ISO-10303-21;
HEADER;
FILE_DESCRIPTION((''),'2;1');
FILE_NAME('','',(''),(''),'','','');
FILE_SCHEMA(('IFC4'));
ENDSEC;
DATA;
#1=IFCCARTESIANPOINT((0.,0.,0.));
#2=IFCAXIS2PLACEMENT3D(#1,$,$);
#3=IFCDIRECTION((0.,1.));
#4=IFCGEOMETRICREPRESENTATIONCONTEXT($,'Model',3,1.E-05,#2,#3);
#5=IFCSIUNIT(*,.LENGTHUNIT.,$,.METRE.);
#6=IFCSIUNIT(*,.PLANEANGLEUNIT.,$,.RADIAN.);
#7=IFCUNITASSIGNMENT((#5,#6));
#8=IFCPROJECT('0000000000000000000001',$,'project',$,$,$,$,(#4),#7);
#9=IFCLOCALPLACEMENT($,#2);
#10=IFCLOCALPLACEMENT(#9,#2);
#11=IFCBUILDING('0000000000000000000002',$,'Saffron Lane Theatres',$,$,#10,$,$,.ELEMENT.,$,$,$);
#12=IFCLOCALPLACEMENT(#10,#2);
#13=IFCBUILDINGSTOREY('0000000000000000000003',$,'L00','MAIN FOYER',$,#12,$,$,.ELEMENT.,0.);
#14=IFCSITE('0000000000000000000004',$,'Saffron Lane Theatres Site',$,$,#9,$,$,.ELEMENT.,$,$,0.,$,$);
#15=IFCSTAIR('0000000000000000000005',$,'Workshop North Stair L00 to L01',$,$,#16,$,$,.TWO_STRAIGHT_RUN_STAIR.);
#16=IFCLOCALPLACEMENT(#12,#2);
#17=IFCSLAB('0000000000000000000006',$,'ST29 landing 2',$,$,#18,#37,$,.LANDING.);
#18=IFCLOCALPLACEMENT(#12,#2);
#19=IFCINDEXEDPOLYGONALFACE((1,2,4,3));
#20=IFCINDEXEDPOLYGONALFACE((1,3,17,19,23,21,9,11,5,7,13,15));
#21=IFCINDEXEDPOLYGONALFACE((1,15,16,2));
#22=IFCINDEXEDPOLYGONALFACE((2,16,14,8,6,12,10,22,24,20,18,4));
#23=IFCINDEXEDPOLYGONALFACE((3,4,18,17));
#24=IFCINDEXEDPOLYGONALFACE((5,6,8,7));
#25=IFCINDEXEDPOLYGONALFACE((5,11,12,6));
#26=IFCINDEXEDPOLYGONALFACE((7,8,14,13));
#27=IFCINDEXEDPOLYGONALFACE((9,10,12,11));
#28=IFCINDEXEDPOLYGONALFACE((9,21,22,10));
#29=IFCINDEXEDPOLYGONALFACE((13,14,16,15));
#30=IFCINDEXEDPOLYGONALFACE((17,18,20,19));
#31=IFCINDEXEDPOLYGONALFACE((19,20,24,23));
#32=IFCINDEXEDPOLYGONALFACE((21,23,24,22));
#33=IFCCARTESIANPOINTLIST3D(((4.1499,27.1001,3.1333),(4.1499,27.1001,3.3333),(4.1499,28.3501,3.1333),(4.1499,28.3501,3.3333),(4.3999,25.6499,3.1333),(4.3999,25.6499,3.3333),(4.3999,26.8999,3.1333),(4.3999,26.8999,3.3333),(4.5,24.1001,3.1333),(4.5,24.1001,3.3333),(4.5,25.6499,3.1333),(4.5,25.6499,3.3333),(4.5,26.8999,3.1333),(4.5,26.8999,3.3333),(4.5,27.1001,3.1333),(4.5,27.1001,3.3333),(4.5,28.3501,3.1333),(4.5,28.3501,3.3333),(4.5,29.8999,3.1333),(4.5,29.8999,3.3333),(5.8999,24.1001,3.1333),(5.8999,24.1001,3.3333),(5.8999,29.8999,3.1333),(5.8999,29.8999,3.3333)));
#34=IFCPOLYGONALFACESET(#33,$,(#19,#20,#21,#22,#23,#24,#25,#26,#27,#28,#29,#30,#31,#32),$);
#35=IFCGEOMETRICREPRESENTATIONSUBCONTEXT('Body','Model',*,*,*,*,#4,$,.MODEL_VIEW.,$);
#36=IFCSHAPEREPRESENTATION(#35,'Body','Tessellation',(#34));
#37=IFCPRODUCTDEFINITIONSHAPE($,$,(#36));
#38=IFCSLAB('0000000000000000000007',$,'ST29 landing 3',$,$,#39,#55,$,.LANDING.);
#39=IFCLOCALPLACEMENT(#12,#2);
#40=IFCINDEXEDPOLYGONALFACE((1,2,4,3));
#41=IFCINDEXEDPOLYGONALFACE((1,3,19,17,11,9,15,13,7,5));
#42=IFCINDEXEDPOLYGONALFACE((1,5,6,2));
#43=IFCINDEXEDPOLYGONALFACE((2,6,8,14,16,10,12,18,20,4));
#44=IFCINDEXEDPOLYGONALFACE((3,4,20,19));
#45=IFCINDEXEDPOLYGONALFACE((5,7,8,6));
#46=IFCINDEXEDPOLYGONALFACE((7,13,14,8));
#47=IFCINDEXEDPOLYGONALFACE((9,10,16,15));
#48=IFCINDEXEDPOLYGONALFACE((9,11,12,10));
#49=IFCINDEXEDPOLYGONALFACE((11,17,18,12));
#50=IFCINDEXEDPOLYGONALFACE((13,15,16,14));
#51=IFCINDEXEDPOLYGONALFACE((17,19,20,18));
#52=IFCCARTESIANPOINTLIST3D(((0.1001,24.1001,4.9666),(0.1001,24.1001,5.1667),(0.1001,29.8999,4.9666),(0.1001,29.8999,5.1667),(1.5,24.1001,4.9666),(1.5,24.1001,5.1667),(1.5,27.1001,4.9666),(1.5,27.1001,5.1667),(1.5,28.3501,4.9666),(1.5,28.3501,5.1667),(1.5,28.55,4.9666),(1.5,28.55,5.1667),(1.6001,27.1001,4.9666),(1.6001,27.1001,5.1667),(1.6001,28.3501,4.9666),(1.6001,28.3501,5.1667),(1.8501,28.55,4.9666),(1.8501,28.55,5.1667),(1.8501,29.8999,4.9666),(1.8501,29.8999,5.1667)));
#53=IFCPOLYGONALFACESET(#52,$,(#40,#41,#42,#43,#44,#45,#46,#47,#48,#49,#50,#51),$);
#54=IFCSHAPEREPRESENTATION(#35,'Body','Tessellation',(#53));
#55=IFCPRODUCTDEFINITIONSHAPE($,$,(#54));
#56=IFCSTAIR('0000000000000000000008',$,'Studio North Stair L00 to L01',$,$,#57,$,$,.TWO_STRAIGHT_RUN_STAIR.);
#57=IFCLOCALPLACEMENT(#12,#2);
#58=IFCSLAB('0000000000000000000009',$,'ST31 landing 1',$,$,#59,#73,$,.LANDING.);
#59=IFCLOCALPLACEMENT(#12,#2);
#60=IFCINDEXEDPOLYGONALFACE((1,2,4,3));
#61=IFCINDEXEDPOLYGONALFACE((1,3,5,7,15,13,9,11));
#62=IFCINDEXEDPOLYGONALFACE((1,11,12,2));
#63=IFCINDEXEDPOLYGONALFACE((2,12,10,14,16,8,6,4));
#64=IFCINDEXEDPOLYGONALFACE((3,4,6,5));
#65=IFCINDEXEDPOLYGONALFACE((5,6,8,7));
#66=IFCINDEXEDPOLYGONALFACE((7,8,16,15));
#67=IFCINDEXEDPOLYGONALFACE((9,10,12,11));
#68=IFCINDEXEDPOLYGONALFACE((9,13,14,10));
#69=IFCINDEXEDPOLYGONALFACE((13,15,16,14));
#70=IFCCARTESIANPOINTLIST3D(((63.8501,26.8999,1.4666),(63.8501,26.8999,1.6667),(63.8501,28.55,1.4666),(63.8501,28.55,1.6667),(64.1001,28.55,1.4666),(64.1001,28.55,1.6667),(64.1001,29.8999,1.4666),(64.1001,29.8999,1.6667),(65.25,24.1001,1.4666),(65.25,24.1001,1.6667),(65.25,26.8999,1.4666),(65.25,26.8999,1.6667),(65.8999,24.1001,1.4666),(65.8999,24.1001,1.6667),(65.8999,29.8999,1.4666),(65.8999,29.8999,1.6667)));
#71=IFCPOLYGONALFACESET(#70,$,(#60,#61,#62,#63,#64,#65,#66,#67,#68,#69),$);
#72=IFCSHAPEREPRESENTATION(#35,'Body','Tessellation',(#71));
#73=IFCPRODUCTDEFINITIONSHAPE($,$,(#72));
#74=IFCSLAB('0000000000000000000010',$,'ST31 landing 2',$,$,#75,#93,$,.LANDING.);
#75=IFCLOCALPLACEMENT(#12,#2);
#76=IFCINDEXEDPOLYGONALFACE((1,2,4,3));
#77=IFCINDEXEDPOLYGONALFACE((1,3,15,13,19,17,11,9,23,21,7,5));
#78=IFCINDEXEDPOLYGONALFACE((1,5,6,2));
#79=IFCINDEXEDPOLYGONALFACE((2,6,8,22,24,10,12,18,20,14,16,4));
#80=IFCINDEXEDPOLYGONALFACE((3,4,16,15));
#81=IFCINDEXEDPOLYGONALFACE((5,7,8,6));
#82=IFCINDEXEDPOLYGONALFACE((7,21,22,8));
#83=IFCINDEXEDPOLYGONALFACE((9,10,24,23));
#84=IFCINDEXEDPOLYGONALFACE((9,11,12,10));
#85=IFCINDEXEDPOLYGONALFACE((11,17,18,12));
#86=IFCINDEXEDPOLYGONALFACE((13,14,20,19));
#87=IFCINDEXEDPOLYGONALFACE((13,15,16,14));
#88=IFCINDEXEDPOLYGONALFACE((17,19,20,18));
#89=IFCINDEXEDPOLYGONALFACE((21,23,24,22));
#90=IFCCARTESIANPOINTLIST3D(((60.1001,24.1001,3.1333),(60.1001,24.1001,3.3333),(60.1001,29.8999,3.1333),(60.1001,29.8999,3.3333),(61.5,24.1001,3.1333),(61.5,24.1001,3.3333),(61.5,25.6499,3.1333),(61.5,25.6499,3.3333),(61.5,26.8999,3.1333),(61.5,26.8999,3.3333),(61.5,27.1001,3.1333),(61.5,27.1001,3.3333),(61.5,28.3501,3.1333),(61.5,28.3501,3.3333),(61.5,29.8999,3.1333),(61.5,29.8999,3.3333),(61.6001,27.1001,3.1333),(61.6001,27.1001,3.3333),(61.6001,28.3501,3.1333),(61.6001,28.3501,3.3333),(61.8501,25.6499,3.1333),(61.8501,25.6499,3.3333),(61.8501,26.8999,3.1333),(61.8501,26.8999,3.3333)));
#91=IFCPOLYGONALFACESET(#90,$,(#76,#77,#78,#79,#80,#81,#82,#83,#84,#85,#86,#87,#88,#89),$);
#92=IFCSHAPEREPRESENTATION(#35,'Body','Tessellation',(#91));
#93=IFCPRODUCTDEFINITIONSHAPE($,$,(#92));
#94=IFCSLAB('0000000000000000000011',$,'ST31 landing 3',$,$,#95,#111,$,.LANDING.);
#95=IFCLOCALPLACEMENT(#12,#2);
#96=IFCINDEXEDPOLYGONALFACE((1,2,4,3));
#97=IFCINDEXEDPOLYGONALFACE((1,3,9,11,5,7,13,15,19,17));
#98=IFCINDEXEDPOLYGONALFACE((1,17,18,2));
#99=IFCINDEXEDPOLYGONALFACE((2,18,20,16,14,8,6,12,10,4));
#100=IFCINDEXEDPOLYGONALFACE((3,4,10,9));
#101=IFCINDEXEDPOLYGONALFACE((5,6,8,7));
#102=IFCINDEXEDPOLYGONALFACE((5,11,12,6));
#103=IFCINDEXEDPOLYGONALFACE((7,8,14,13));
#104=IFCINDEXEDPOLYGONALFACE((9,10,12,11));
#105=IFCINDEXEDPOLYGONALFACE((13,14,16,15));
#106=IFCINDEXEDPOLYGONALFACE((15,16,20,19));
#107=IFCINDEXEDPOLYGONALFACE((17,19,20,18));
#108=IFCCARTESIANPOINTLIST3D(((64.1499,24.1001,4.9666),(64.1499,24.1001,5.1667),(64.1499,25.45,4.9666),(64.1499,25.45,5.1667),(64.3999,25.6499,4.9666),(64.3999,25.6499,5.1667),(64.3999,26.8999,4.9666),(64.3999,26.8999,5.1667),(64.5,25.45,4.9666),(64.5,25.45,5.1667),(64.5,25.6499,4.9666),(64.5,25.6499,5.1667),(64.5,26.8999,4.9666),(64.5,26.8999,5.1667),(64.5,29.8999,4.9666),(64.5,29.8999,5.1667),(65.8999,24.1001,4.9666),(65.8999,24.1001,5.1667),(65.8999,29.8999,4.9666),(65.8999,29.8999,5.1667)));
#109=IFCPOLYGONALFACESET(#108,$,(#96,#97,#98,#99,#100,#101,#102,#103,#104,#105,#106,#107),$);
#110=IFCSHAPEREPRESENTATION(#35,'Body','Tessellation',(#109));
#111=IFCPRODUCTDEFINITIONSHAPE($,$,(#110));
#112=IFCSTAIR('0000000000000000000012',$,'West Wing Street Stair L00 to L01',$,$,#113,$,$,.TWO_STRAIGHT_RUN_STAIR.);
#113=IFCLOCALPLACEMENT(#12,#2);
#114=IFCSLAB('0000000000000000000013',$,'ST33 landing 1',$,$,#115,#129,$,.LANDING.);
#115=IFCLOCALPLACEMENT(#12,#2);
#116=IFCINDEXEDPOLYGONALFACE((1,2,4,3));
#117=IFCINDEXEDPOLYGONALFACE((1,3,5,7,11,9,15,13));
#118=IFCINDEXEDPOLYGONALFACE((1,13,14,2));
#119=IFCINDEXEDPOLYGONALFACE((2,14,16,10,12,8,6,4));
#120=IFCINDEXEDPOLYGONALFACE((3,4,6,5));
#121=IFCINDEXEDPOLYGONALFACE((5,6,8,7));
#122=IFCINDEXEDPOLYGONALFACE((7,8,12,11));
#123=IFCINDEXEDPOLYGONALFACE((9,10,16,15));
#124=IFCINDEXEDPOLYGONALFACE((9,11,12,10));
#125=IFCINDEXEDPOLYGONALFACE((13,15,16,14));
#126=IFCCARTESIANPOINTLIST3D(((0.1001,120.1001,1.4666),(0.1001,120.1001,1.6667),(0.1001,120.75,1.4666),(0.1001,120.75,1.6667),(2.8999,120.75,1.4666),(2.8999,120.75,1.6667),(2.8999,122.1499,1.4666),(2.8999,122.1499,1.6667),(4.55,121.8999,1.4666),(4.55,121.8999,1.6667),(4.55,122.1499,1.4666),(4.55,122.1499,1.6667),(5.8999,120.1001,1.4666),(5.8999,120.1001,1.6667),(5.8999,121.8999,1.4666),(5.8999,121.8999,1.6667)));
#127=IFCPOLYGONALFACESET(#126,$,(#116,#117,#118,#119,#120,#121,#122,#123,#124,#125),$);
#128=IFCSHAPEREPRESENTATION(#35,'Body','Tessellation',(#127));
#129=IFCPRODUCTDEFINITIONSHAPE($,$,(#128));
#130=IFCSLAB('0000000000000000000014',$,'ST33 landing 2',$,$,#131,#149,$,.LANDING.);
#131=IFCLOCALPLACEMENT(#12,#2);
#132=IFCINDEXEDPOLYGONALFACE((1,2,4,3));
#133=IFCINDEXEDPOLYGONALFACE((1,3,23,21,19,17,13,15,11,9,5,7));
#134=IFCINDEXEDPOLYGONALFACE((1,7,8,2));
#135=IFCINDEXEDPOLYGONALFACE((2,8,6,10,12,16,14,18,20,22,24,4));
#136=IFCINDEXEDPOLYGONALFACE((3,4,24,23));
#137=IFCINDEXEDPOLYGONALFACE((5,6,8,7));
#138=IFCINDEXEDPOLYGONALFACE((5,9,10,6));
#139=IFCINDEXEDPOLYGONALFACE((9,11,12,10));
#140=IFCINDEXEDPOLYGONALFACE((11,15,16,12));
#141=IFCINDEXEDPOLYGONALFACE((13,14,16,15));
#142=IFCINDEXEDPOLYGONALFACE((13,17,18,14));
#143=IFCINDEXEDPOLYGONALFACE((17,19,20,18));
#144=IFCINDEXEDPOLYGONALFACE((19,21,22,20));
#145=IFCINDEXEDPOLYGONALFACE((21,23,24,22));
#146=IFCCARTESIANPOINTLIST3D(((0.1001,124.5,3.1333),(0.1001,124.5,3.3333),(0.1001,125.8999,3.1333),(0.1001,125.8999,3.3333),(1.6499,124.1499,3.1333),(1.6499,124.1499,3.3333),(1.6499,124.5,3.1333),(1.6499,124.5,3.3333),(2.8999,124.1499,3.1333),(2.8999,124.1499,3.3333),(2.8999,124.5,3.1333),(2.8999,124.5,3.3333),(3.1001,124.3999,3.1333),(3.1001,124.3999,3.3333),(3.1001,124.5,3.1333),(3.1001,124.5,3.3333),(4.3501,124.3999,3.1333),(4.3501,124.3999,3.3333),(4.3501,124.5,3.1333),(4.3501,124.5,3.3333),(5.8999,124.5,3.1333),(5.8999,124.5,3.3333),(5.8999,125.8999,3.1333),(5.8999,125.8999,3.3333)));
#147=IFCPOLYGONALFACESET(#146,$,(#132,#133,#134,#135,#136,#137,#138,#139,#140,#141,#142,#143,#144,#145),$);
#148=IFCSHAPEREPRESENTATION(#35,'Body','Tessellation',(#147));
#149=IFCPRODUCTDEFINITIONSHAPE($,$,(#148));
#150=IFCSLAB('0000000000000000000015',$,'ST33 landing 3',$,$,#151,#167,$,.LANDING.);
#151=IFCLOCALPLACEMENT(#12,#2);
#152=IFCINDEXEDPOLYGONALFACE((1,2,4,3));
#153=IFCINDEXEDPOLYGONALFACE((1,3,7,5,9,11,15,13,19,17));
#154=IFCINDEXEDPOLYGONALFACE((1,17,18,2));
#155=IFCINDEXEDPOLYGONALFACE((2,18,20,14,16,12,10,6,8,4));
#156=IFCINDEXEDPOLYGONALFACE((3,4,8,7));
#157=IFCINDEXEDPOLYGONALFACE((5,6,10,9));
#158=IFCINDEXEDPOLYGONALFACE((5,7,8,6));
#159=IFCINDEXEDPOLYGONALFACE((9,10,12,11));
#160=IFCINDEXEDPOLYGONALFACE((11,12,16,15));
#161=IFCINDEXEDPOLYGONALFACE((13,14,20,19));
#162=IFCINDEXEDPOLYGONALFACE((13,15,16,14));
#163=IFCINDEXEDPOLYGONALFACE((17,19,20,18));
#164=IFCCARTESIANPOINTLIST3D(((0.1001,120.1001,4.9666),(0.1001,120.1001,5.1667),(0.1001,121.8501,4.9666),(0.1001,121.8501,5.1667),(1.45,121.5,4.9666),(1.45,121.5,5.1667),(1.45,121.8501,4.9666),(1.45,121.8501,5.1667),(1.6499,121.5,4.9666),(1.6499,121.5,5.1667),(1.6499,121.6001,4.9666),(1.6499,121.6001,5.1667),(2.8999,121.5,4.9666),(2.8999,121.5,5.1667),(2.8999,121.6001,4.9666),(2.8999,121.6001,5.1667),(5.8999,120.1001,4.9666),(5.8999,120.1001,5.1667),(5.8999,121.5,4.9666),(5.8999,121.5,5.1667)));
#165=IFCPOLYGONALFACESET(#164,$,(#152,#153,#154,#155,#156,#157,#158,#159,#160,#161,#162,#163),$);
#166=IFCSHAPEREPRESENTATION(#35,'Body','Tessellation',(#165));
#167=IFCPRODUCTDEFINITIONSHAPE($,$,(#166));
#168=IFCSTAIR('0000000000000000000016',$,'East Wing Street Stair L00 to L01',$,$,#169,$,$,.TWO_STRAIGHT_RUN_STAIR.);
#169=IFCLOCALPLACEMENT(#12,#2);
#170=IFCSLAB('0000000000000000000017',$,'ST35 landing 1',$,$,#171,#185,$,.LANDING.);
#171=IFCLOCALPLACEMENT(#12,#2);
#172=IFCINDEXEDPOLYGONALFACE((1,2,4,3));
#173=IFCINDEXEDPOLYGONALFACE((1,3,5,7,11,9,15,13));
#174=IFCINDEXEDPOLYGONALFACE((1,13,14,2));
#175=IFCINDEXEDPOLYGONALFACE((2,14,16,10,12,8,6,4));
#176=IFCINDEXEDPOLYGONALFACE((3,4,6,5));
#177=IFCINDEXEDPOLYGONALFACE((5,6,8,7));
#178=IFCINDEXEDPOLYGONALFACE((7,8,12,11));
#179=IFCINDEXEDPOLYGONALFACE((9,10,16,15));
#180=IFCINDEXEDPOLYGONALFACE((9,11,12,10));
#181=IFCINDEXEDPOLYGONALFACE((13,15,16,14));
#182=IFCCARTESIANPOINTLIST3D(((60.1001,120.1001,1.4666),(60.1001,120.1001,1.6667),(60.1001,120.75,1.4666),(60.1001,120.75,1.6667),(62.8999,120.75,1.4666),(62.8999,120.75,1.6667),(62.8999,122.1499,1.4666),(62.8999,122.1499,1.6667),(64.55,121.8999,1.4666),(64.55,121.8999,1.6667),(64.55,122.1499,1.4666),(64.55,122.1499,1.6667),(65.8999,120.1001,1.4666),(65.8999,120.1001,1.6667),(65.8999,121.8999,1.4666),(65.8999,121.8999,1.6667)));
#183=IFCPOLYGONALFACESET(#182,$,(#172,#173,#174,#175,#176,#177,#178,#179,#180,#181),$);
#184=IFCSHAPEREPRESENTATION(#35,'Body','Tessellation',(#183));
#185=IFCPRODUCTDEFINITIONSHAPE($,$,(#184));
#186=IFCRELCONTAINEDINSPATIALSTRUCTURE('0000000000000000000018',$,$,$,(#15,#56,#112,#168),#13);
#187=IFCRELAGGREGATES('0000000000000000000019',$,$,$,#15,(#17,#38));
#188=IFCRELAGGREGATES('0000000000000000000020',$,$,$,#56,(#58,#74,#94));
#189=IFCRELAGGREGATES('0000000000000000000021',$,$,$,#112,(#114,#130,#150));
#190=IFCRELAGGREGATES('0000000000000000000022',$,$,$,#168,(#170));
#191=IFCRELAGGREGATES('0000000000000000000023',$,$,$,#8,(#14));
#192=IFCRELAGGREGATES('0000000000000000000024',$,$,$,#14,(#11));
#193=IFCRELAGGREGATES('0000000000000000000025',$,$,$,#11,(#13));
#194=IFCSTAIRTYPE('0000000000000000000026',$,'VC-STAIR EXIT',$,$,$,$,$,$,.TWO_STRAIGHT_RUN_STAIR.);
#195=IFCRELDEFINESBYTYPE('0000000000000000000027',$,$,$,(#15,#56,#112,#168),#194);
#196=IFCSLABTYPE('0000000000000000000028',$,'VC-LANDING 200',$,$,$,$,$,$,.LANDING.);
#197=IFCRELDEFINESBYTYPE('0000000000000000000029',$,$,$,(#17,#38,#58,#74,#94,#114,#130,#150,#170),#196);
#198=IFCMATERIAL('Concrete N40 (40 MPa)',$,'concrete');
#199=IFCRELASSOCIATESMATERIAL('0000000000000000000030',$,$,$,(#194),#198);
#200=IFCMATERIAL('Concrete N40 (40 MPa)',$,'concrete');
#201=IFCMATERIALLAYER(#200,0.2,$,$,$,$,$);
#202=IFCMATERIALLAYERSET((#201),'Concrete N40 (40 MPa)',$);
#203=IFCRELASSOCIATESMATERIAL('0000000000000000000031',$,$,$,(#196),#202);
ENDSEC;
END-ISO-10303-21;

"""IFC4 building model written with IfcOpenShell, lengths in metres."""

from ifc_helpers import new_model, si_unit, direction, frame, origin, place, context, subcontext, project, spatial, polyline, outline, extrude, material, layer, layer_set, type_object, element, aggregate, save


model = new_model("IFC4")

# Units and contexts
model_context = context("Model", 3, precision=1e-05, world=origin(), true_north=direction((0.0, 1.0)))
body_context = subcontext(model_context, "Body", "Model", "MODEL_VIEW")
ifc_project = project(units=[si_unit("LENGTHUNIT", "METRE"), si_unit("PLANEANGLEUNIT", "RADIAN")], contexts=[model_context])

# Site, building, storey
site_placement = place(None, origin())
site = spatial("IfcSite", under=ifc_project, at=site_placement, Name="Saffron Lane Theatres Site", CompositionType="ELEMENT", RefElevation=0.0)
building_placement = place(site_placement, origin())
building = spatial("IfcBuilding", under=site, at=building_placement, Name="Saffron Lane Theatres", CompositionType="ELEMENT")
storey_placement = place(building_placement, origin())
storey = spatial("IfcBuildingStorey", under=building, at=storey_placement, Name="L00", Description="MAIN FOYER", CompositionType="ELEMENT", Elevation=0.0)

# Stairs, slabs
ifc_material_1 = material(Name="Concrete N40 (40 MPa)", Category="concrete")
stair_type_1 = type_object("IfcStairType", Name="VC-STAIR EXIT", PredefinedType="TWO_STRAIGHT_RUN_STAIR", material=ifc_material_1)
ifc_material_2 = material(Name="Concrete N40 (40 MPa)", Category="concrete")
ifc_layer_1 = layer(ifc_material_2, 0.2)
ifc_layer_set_1 = layer_set([ifc_layer_1], Name="Concrete N40 (40 MPa)")
slab_type = type_object("IfcSlabType", Name="VC-LANDING 200", PredefinedType="LANDING", material=ifc_layer_set_1)
stair_1_placement = place(storey_placement, origin())
stair_1 = element("IfcStair", 1, at=stair_1_placement, inside=storey, type_object=stair_type_1, Name="Workshop North Stair L00 to L01", PredefinedType="TWO_STRAIGHT_RUN_STAIR")
slab_1_placement = place(storey_placement, frame((0.0, 0.0, 3.1333)))
slab_1 = element("IfcSlab", 2, at=slab_1_placement, type_object=slab_type, Name="ST29 landing 2", PredefinedType="LANDING", context=body_context, shape_type="SweptSolid", body=[
    extrude(outline(polyline([(4.5, 29.8999), (5.8999, 29.8999), (5.8999, 24.1001), (4.5, 24.1001), (4.5, 25.6499), (4.3999, 25.6499), (4.3999, 26.8999), (4.5, 26.8999), (4.5, 27.1001), (4.1499, 27.1001), (4.1499, 28.3501), (4.5, 28.3501), (4.5, 29.8999)])), origin(), (0.0, 0.0, 1.0), 0.2),
])
slab_2_placement = place(storey_placement, frame((0.0, 0.0, 4.9666)))
slab_2 = element("IfcSlab", 3, at=slab_2_placement, type_object=slab_type, Name="ST29 landing 3", PredefinedType="LANDING", context=body_context, shape_type="SweptSolid", body=[
    extrude(outline(polyline([(1.5, 28.55), (1.5, 28.3501), (1.6001, 28.3501), (1.6001, 27.1001), (1.5, 27.1001), (1.5, 24.1001), (0.1001, 24.1001), (0.1001, 29.8999), (1.8501, 29.8999), (1.8501, 28.55), (1.5, 28.55)])), origin(), (0.0, 0.0, 1.0), 0.2002),
])
aggregate(stair_1, [slab_1, slab_2])
stair_2_placement = place(storey_placement, origin())
stair_2 = element("IfcStair", 4, at=stair_2_placement, inside=storey, type_object=stair_type_1, Name="Studio North Stair L00 to L01", PredefinedType="TWO_STRAIGHT_RUN_STAIR")
slab_3_placement = place(storey_placement, frame((0.0, 0.0, 1.4666)))
slab_3 = element("IfcSlab", 5, at=slab_3_placement, type_object=slab_type, Name="ST31 landing 1", PredefinedType="LANDING", context=body_context, shape_type="SweptSolid", body=[
    extrude(outline(polyline([(63.8501, 26.8999), (63.8501, 28.55), (64.1001, 28.55), (64.1001, 29.8999), (65.8999, 29.8999), (65.8999, 24.1001), (65.25, 24.1001), (65.25, 26.8999), (63.8501, 26.8999)])), origin(), (0.0, 0.0, 1.0), 0.2002),
])
slab_4_placement = place(storey_placement, frame((0.0, 0.0, 3.1333)))
slab_4 = element("IfcSlab", 6, at=slab_4_placement, type_object=slab_type, Name="ST31 landing 2", PredefinedType="LANDING", context=body_context, shape_type="SweptSolid", body=[
    extrude(outline(polyline([(61.5, 24.1001), (60.1001, 24.1001), (60.1001, 29.8999), (61.5, 29.8999), (61.5, 28.3501), (61.6001, 28.3501), (61.6001, 27.1001), (61.5, 27.1001), (61.5, 26.8999), (61.8501, 26.8999), (61.8501, 25.6499), (61.5, 25.6499), (61.5, 24.1001)])), origin(), (0.0, 0.0, 1.0), 0.2),
])
slab_5_placement = place(storey_placement, frame((0.0, 0.0, 4.9666)))
slab_5 = element("IfcSlab", 7, at=slab_5_placement, type_object=slab_type, Name="ST31 landing 3", PredefinedType="LANDING", context=body_context, shape_type="SweptSolid", body=[
    extrude(outline(polyline([(64.5, 25.45), (64.5, 25.6499), (64.3999, 25.6499), (64.3999, 26.8999), (64.5, 26.8999), (64.5, 29.8999), (65.8999, 29.8999), (65.8999, 24.1001), (64.1499, 24.1001), (64.1499, 25.45), (64.5, 25.45)])), origin(), (0.0, 0.0, 1.0), 0.2002),
])
aggregate(stair_2, [slab_3, slab_4, slab_5])
stair_3_placement = place(storey_placement, origin())
stair_3 = element("IfcStair", 8, at=stair_3_placement, inside=storey, type_object=stair_type_1, Name="West Wing Street Stair L00 to L01", PredefinedType="TWO_STRAIGHT_RUN_STAIR")
slab_6_placement = place(storey_placement, frame((0.0, 0.0, 1.4666)))
slab_6 = element("IfcSlab", 9, at=slab_6_placement, type_object=slab_type, Name="ST33 landing 1", PredefinedType="LANDING", context=body_context, shape_type="SweptSolid", body=[
    extrude(outline(polyline([(2.8999, 122.1499), (4.55, 122.1499), (4.55, 121.8999), (5.8999, 121.8999), (5.8999, 120.1001), (0.1001, 120.1001), (0.1001, 120.75), (2.8999, 120.75), (2.8999, 122.1499)])), origin(), (0.0, 0.0, 1.0), 0.2002),
])
slab_7_placement = place(storey_placement, frame((0.0, 0.0, 3.1333)))
slab_7 = element("IfcSlab", 10, at=slab_7_placement, type_object=slab_type, Name="ST33 landing 2", PredefinedType="LANDING", context=body_context, shape_type="SweptSolid", body=[
    extrude(outline(polyline([(0.1001, 124.5), (0.1001, 125.8999), (5.8999, 125.8999), (5.8999, 124.5), (4.3501, 124.5), (4.3501, 124.3999), (3.1001, 124.3999), (3.1001, 124.5), (2.8999, 124.5), (2.8999, 124.1499), (1.6499, 124.1499), (1.6499, 124.5), (0.1001, 124.5)])), origin(), (0.0, 0.0, 1.0), 0.2),
])
slab_8_placement = place(storey_placement, frame((0.0, 0.0, 4.9666)))
slab_8 = element("IfcSlab", 11, at=slab_8_placement, type_object=slab_type, Name="ST33 landing 3", PredefinedType="LANDING", context=body_context, shape_type="SweptSolid", body=[
    extrude(outline(polyline([(1.45, 121.5), (1.6499, 121.5), (1.6499, 121.6001), (2.8999, 121.6001), (2.8999, 121.5), (5.8999, 121.5), (5.8999, 120.1001), (0.1001, 120.1001), (0.1001, 121.8501), (1.45, 121.8501), (1.45, 121.5)])), origin(), (0.0, 0.0, 1.0), 0.2002),
])
aggregate(stair_3, [slab_6, slab_7, slab_8])
stair_4_placement = place(storey_placement, origin())
stair_4 = element("IfcStair", 12, at=stair_4_placement, inside=storey, type_object=stair_type_1, Name="East Wing Street Stair L00 to L01", PredefinedType="TWO_STRAIGHT_RUN_STAIR")
slab_9_placement = place(storey_placement, frame((0.0, 0.0, 1.4666)))
slab_9 = element("IfcSlab", 13, at=slab_9_placement, type_object=slab_type, Name="ST35 landing 1", PredefinedType="LANDING", context=body_context, shape_type="SweptSolid", body=[
    extrude(outline(polyline([(62.8999, 122.1499), (64.55, 122.1499), (64.55, 121.8999), (65.8999, 121.8999), (65.8999, 120.1001), (60.1001, 120.1001), (60.1001, 120.75), (62.8999, 120.75), (62.8999, 122.1499)])), origin(), (0.0, 0.0, 1.0), 0.2002),
])
aggregate(stair_4, [slab_9])

save(model, "model.ifc")
